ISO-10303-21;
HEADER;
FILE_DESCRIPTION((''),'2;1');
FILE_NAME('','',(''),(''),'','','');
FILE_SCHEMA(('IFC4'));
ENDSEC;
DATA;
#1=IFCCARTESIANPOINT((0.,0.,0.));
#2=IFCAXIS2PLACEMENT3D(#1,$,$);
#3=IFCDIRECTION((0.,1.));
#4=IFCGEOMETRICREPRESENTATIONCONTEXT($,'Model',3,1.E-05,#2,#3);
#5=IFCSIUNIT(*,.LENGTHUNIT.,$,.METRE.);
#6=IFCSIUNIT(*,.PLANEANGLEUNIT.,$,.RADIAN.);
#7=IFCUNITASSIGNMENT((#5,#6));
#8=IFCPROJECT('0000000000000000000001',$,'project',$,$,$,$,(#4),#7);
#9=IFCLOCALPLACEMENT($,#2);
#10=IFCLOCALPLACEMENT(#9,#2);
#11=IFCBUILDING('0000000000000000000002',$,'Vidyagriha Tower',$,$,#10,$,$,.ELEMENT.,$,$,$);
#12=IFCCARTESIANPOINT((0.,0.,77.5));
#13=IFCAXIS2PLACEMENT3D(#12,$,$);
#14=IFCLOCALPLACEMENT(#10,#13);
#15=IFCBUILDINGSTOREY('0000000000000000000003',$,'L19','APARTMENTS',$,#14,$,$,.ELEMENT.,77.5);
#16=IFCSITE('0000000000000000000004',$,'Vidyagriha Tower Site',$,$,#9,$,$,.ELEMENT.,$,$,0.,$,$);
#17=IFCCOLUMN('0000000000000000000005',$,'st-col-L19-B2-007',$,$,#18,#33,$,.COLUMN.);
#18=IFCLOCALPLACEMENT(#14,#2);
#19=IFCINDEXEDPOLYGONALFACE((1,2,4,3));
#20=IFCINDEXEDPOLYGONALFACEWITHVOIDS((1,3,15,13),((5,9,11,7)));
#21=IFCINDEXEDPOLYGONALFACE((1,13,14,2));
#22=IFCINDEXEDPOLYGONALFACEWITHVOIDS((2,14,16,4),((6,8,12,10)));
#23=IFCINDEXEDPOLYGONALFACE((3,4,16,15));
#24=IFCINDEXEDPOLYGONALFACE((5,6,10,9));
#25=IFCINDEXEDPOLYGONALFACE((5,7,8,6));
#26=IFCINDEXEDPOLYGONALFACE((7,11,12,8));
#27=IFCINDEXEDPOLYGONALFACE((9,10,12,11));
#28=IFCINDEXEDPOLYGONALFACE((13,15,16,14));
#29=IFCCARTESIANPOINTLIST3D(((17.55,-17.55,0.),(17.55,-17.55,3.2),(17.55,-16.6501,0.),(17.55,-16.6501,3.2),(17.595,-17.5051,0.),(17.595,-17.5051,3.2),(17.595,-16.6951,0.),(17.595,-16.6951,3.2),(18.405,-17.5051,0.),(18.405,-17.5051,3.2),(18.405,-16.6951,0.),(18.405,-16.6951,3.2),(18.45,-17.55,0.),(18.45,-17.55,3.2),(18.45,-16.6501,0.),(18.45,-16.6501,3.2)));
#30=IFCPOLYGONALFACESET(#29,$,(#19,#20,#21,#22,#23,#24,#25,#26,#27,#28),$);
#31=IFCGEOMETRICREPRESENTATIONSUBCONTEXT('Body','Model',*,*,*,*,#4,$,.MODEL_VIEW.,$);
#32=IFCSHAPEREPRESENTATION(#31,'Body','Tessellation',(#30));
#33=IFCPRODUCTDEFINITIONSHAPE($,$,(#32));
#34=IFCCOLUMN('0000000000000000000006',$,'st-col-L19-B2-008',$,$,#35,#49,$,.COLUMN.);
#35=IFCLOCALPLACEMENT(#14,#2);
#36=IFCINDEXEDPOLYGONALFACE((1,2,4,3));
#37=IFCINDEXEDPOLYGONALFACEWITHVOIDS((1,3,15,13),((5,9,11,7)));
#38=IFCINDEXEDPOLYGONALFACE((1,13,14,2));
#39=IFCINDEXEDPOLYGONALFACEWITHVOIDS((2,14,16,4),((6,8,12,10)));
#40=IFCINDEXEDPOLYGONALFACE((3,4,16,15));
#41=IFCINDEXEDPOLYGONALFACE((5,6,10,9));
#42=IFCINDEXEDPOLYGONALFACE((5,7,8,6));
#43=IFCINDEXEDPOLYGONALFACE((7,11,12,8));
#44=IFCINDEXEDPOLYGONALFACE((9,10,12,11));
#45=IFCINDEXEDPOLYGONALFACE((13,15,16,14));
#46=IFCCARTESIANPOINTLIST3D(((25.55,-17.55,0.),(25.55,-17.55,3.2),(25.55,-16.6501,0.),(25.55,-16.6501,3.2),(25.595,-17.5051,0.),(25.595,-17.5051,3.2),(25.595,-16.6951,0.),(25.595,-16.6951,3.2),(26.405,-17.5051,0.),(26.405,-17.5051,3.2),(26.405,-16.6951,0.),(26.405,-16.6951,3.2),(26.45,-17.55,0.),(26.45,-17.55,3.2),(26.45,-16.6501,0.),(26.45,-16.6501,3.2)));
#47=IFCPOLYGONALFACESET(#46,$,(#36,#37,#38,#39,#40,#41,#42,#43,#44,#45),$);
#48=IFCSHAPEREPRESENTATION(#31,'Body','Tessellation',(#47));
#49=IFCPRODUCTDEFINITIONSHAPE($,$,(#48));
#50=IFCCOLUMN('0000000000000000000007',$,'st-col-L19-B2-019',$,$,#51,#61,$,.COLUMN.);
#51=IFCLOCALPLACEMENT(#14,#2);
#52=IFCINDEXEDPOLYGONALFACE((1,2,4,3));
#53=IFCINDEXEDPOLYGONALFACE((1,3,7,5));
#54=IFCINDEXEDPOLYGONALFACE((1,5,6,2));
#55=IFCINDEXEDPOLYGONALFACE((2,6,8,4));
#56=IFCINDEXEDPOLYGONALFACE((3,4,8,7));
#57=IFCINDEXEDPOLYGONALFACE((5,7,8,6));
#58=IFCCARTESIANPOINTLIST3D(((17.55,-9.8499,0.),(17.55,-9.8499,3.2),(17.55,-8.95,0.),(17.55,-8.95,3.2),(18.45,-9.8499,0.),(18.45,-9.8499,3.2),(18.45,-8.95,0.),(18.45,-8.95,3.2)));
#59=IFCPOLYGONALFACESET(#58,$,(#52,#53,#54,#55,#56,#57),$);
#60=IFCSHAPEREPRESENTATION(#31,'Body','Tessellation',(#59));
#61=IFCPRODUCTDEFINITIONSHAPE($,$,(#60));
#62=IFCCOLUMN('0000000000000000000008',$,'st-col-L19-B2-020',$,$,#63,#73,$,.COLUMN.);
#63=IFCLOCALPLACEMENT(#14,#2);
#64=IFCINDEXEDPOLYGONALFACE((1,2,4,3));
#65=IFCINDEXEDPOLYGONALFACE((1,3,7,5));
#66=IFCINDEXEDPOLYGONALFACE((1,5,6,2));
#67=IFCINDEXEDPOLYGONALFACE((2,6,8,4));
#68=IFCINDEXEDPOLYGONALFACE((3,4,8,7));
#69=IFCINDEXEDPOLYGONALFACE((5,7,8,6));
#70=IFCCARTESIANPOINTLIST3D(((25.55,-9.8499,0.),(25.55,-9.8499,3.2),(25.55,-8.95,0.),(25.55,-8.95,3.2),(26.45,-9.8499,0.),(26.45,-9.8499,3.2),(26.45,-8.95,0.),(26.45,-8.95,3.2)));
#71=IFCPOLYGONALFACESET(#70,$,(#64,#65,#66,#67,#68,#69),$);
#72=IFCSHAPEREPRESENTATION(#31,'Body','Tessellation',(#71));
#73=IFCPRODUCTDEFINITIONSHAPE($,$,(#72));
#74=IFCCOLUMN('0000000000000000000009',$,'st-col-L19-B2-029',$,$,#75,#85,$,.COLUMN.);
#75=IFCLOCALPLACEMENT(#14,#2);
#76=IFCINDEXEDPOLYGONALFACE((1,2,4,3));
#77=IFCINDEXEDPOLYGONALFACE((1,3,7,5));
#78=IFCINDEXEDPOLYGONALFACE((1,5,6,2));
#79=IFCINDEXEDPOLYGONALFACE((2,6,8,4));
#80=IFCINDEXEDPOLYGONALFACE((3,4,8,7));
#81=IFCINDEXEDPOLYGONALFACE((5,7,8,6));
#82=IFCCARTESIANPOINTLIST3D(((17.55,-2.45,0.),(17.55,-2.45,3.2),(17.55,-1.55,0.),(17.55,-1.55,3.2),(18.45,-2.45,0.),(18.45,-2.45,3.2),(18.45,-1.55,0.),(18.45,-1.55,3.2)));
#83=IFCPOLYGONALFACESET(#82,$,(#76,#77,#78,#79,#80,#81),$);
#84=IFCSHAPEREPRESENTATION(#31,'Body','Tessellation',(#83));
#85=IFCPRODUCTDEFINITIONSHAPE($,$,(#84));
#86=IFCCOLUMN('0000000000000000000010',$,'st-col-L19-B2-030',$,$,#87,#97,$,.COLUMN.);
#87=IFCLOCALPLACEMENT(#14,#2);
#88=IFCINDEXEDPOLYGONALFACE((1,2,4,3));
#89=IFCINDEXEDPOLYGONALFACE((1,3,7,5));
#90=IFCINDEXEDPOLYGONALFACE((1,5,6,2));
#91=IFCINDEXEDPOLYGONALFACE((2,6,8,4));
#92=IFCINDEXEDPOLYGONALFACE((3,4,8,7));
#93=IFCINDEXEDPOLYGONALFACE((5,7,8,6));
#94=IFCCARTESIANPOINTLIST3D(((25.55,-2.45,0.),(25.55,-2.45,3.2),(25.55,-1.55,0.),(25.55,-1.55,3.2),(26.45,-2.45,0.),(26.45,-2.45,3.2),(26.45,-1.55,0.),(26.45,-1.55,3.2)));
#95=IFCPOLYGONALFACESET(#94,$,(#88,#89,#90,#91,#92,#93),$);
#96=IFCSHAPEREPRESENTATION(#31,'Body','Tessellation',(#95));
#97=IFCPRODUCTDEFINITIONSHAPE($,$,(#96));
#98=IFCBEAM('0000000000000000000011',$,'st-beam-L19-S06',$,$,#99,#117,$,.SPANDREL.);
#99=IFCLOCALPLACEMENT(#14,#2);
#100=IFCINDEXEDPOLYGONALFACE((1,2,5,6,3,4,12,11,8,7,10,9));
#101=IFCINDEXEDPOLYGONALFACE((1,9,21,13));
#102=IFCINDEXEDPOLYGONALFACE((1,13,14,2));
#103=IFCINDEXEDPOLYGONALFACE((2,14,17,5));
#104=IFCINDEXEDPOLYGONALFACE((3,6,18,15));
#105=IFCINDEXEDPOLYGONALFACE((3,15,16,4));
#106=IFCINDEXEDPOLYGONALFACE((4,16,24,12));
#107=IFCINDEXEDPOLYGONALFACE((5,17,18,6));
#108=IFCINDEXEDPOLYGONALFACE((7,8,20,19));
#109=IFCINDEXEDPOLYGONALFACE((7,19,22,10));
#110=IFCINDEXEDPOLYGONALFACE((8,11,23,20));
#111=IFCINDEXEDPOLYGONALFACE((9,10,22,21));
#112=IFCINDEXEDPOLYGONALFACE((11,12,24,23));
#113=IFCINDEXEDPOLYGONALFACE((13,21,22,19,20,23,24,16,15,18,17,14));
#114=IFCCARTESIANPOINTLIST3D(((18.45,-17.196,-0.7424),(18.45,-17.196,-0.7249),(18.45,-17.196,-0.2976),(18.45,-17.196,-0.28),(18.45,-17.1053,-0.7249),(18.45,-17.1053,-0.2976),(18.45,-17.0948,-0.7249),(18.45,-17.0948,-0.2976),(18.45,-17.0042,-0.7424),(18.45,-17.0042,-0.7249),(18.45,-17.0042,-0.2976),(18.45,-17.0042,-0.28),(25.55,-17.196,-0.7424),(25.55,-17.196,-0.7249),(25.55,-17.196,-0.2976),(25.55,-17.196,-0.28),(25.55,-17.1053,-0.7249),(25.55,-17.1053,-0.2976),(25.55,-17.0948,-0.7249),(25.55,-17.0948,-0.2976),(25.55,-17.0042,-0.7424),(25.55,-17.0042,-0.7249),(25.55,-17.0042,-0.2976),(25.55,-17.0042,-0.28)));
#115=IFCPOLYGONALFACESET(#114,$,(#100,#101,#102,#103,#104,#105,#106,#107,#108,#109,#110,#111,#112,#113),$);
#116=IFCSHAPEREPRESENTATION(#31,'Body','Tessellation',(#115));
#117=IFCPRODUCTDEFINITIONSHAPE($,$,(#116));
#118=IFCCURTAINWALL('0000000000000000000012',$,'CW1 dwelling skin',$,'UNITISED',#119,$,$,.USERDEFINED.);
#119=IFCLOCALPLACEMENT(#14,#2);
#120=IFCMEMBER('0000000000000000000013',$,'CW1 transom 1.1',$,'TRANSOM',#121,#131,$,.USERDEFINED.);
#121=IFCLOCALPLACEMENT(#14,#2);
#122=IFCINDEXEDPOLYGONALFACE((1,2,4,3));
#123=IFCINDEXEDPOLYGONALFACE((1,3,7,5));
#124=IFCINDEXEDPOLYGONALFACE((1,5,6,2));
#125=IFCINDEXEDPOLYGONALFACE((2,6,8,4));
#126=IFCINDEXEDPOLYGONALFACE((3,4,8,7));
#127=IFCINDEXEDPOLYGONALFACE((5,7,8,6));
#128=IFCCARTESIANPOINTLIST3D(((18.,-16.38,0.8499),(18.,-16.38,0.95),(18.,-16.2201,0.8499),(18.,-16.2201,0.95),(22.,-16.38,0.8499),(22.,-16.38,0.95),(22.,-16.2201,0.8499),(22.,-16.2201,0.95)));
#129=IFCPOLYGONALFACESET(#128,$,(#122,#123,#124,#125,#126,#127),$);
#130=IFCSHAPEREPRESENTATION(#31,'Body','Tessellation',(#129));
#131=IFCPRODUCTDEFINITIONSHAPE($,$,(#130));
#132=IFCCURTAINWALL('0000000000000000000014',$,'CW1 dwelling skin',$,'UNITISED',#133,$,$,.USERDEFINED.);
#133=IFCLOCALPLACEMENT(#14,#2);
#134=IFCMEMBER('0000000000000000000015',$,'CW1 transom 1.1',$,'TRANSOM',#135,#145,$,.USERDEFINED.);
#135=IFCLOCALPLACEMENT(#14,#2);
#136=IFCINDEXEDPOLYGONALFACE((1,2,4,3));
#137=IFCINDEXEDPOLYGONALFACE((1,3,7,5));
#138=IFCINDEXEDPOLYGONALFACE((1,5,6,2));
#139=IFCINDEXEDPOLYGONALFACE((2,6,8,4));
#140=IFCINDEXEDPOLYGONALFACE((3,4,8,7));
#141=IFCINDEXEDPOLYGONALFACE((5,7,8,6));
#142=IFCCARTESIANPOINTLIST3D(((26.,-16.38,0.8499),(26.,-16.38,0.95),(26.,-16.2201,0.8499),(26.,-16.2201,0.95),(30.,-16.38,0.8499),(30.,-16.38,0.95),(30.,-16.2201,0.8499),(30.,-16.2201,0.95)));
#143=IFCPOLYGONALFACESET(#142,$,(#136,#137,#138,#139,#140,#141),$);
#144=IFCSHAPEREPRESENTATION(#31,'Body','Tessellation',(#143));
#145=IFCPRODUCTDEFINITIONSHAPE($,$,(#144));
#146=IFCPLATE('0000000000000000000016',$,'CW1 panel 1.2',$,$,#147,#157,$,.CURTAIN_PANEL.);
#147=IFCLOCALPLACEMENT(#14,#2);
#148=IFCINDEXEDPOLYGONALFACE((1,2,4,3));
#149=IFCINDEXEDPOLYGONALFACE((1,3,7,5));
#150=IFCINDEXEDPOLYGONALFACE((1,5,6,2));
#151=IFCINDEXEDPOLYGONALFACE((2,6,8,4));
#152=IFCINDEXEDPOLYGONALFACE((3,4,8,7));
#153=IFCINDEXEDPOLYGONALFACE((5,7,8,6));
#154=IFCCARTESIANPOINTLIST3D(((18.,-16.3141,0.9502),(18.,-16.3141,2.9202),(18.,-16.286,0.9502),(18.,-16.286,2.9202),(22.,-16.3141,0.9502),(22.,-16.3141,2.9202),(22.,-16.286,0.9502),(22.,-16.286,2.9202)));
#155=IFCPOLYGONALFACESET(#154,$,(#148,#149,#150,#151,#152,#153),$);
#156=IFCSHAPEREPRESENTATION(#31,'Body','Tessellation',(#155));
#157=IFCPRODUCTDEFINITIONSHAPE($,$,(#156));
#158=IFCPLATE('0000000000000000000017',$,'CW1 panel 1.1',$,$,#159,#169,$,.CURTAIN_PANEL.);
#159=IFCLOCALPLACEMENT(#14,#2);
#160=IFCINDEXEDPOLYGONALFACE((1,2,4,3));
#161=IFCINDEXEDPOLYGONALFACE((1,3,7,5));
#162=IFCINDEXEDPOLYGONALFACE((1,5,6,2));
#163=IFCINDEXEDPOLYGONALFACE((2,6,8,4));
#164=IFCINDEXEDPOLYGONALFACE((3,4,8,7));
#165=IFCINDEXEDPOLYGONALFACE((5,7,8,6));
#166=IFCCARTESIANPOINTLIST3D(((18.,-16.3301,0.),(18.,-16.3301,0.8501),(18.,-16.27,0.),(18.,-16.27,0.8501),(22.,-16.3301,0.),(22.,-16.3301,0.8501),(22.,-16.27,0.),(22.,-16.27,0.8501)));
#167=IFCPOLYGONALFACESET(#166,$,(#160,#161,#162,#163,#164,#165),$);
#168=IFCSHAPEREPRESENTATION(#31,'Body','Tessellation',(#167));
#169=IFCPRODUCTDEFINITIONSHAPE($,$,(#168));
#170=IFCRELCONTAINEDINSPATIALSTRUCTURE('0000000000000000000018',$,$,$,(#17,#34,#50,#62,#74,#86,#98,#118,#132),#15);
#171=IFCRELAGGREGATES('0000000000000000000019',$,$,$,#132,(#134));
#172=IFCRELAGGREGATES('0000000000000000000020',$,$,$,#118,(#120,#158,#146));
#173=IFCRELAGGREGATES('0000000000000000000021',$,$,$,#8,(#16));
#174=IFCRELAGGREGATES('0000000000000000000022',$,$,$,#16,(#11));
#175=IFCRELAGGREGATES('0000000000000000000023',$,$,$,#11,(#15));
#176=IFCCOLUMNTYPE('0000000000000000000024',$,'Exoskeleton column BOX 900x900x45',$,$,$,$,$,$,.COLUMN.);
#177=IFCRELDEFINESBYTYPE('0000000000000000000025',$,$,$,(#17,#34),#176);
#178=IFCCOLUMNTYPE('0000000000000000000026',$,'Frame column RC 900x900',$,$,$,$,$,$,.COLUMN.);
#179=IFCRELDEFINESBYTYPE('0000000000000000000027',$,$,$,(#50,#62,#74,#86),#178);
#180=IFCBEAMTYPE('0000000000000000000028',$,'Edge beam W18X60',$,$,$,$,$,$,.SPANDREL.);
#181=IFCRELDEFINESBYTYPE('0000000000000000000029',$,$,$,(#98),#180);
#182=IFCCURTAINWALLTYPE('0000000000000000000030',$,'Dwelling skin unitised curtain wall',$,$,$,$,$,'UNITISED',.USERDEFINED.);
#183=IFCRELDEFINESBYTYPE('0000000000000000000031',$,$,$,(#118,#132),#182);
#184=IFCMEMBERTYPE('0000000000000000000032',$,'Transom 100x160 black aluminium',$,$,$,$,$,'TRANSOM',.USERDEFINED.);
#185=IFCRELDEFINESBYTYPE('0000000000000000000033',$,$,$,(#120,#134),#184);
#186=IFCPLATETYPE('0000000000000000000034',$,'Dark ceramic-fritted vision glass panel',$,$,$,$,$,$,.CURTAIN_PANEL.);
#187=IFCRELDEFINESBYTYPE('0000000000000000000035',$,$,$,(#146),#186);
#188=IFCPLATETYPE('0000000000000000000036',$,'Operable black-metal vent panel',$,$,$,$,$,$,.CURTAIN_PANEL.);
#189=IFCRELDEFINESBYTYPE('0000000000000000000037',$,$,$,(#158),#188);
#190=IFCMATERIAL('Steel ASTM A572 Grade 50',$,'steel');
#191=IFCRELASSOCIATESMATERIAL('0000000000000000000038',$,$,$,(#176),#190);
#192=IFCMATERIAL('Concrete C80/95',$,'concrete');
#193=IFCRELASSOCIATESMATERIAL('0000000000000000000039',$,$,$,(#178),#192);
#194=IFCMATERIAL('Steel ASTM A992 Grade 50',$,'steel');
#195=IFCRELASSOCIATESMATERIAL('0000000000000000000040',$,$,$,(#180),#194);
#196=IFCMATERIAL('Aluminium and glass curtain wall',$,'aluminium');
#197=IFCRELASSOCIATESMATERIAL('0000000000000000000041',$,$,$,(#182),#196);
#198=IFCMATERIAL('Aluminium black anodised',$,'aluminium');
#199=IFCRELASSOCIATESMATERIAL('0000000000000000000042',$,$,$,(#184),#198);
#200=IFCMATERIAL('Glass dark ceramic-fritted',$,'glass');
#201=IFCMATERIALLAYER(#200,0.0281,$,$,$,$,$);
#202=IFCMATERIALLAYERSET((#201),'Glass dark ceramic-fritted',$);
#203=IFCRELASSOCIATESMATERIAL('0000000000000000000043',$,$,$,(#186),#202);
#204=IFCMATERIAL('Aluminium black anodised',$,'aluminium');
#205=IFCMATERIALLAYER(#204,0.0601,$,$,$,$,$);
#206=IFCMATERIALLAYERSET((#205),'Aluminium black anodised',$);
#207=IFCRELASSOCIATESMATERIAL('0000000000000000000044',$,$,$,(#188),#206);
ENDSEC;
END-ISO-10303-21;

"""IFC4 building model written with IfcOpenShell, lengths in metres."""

from ifc_helpers import new_model, si_unit, direction, frame, origin, origin_2d, place, context, subcontext, project, spatial, rectangle, hollow_rectangle, i_section, extrude, material, layer, layer_set, material_profile, profile_set, type_object, element, aggregate, save


model = new_model("IFC4")

# Units and contexts
model_context = context("Model", 3, precision=1e-05, world=origin(), true_north=direction((0.0, 1.0)))
body_context = subcontext(model_context, "Body", "Model", "MODEL_VIEW")
ifc_project = project(units=[si_unit("LENGTHUNIT", "METRE"), si_unit("PLANEANGLEUNIT", "RADIAN")], contexts=[model_context])

# Site, building, storey
site_placement = place(None, origin())
site = spatial("IfcSite", under=ifc_project, at=site_placement, Name="Vidyagriha Tower Site", CompositionType="ELEMENT", RefElevation=0.0)
building_placement = place(site_placement, origin())
building = spatial("IfcBuilding", under=site, at=building_placement, Name="Vidyagriha Tower", CompositionType="ELEMENT")
storey_placement = place(building_placement, frame((0.0, 0.0, 77.5)))
storey = spatial("IfcBuildingStorey", under=building, at=storey_placement, Name="L19", Description="APARTMENTS", CompositionType="ELEMENT", Elevation=77.5)

# Columns
ifc_material_1 = material(Name="Steel ASTM A572 Grade 50", Category="steel")
ifc_material_profile_1 = material_profile(ifc_material_1, hollow_rectangle(XDim=0.8999, YDim=0.8999, WallThickness=0.0449, at=origin_2d()), Name="BOX 900x900x45")
ifc_profile_set_1 = profile_set([ifc_material_profile_1], Name="Steel ASTM A572 Grade 50")
column_type_1 = type_object("IfcColumnType", Name="Exoskeleton column BOX 900x900x45", PredefinedType="COLUMN", material=ifc_profile_set_1)
for number, where, name in (
    (1, (18.0, -17.1001, 0.0), "st-col-L19-B2-007"),
    (2, (26.0, -17.1001, 0.0), "st-col-L19-B2-008"),
):
    element("IfcColumn", number, at=place(storey_placement, frame(where)), inside=storey, type_object=column_type_1, Name=name, PredefinedType="COLUMN", context=body_context, shape_type="SweptSolid", body=[
        extrude(hollow_rectangle(XDim=0.8999, YDim=0.8999, WallThickness=0.0449, at=origin_2d()), origin(), (0.0, 0.0, 1.0), 3.2),
    ])
ifc_material_2 = material(Name="Concrete C80/95", Category="concrete")
ifc_material_profile_2 = material_profile(ifc_material_2, rectangle(XDim=0.8999, YDim=0.8999, at=origin_2d()), Name="RC 900x900")
ifc_profile_set_2 = profile_set([ifc_material_profile_2], Name="Concrete C80/95")
column_type_2 = type_object("IfcColumnType", Name="Frame column RC 900x900", PredefinedType="COLUMN", material=ifc_profile_set_2)
for number, where, name in (
    (3, (18.0, -9.3999, 0.0), "st-col-L19-B2-019"),
    (4, (26.0, -9.3999, 0.0), "st-col-L19-B2-020"),
    (5, (18.0, -2.0, 0.0), "st-col-L19-B2-029"),
    (6, (26.0, -2.0, 0.0), "st-col-L19-B2-030"),
):
    element("IfcColumn", number, at=place(storey_placement, frame(where)), inside=storey, type_object=column_type_2, Name=name, PredefinedType="COLUMN", context=body_context, shape_type="SweptSolid", body=[
        extrude(rectangle(XDim=0.8999, YDim=0.8999, at=origin_2d()), origin(), (0.0, 0.0, 1.0), 3.2),
    ])

# Beam
ifc_material_3 = material(Name="Steel ASTM A992 Grade 50", Category="steel")
ifc_material_profile_3 = material_profile(ifc_material_3, i_section(OverallWidth=0.1919, OverallDepth=0.4624, WebThickness=0.0105, FlangeThickness=0.0176, at=origin_2d()), Name="W18X60")
ifc_profile_set_3 = profile_set([ifc_material_profile_3], Name="Steel ASTM A992 Grade 50")
beam_type = type_object("IfcBeamType", Name="Edge beam W18X60", PredefinedType="SPANDREL", material=ifc_profile_set_3)
beam_placement = place(storey_placement, frame((18.45, -17.1001, -0.5112), z_axis=(1.0, 0.0, 0.0), x_axis=(0.0, 1.0, 0.0)))
element("IfcBeam", 7, at=beam_placement, inside=storey, type_object=beam_type, Name="st-beam-L19-S06", PredefinedType="SPANDREL", context=body_context, shape_type="SweptSolid", body=[
    extrude(i_section(OverallWidth=0.1919, OverallDepth=0.4624, WebThickness=0.0105, FlangeThickness=0.0176, at=origin_2d()), origin(), (0.0, 0.0, 1.0), 7.1001),
])

# Curtain walls, members
ifc_material_4 = material(Name="Aluminium and glass curtain wall", Category="aluminium")
curtain_wall_type = type_object("IfcCurtainWallType", Name="Dwelling skin unitised curtain wall", ElementType="UNITISED", PredefinedType="USERDEFINED", material=ifc_material_4)
curtain_wall_1_placement = place(storey_placement, origin())
curtain_wall_1 = element("IfcCurtainWall", 8, at=curtain_wall_1_placement, inside=storey, type_object=curtain_wall_type, Name="CW1 dwelling skin", ObjectType="UNITISED", PredefinedType="USERDEFINED")
ifc_material_5 = material(Name="Aluminium black anodised", Category="aluminium")
ifc_material_profile_4 = material_profile(ifc_material_5, rectangle(XDim=0.1599, YDim=0.1001, at=origin_2d()), Name="Transom 100x160 black aluminium")
ifc_profile_set_4 = profile_set([ifc_material_profile_4], Name="Aluminium black anodised")
member_type = type_object("IfcMemberType", Name="Transom 100x160 black aluminium", ElementType="TRANSOM", PredefinedType="USERDEFINED", material=ifc_profile_set_4)
member_1_placement = place(storey_placement, frame((18.0, -16.3, 0.8999), z_axis=(1.0, 0.0, 0.0), x_axis=(0.0, 1.0, 0.0)))
member_1 = element("IfcMember", 9, at=member_1_placement, type_object=member_type, Name="CW1 transom 1.1", ObjectType="TRANSOM", PredefinedType="USERDEFINED", context=body_context, shape_type="SweptSolid", body=[
    extrude(rectangle(XDim=0.1599, YDim=0.1001, at=origin_2d()), origin(), (0.0, 0.0, 1.0), 4.0),
])
curtain_wall_2_placement = place(storey_placement, origin())
curtain_wall_2 = element("IfcCurtainWall", 10, at=curtain_wall_2_placement, inside=storey, type_object=curtain_wall_type, Name="CW1 dwelling skin", ObjectType="UNITISED", PredefinedType="USERDEFINED")
member_2_placement = place(storey_placement, frame((26.0, -16.3, 0.8999), z_axis=(1.0, 0.0, 0.0), x_axis=(0.0, 1.0, 0.0)))
member_2 = element("IfcMember", 11, at=member_2_placement, type_object=member_type, Name="CW1 transom 1.1", ObjectType="TRANSOM", PredefinedType="USERDEFINED", context=body_context, shape_type="SweptSolid", body=[
    extrude(rectangle(XDim=0.1599, YDim=0.1001, at=origin_2d()), origin(), (0.0, 0.0, 1.0), 4.0),
])
aggregate(curtain_wall_2, [member_2])

# Plates
ifc_material_6 = material(Name="Glass dark ceramic-fritted", Category="glass")
ifc_layer_1 = layer(ifc_material_6, 0.0281)
ifc_layer_set_1 = layer_set([ifc_layer_1], Name="Glass dark ceramic-fritted")
plate_type_1 = type_object("IfcPlateType", Name="Dark ceramic-fritted vision glass panel", PredefinedType="CURTAIN_PANEL", material=ifc_layer_set_1)
plate_1_placement = place(storey_placement, frame((20.0, -16.3, 0.9502)))
plate_1 = element("IfcPlate", 12, at=plate_1_placement, type_object=plate_type_1, Name="CW1 panel 1.2", PredefinedType="CURTAIN_PANEL", context=body_context, shape_type="SweptSolid", body=[
    extrude(rectangle(XDim=4.0, YDim=0.0281, at=origin_2d()), origin(), (0.0, 0.0, 1.0), 1.97),
])
ifc_material_7 = material(Name="Aluminium black anodised", Category="aluminium")
ifc_layer_2 = layer(ifc_material_7, 0.0601)
ifc_layer_set_2 = layer_set([ifc_layer_2], Name="Aluminium black anodised")
plate_type_2 = type_object("IfcPlateType", Name="Operable black-metal vent panel", PredefinedType="CURTAIN_PANEL", material=ifc_layer_set_2)
plate_2_placement = place(storey_placement, frame((20.0, -16.3, 0.0)))
plate_2 = element("IfcPlate", 13, at=plate_2_placement, type_object=plate_type_2, Name="CW1 panel 1.1", PredefinedType="CURTAIN_PANEL", context=body_context, shape_type="SweptSolid", body=[
    extrude(rectangle(XDim=4.0, YDim=0.0601, at=origin_2d()), origin(), (0.0, 0.0, 1.0), 0.8501),
])
aggregate(curtain_wall_1, [member_1, plate_2, plate_1])

save(model, "model.ifc")
